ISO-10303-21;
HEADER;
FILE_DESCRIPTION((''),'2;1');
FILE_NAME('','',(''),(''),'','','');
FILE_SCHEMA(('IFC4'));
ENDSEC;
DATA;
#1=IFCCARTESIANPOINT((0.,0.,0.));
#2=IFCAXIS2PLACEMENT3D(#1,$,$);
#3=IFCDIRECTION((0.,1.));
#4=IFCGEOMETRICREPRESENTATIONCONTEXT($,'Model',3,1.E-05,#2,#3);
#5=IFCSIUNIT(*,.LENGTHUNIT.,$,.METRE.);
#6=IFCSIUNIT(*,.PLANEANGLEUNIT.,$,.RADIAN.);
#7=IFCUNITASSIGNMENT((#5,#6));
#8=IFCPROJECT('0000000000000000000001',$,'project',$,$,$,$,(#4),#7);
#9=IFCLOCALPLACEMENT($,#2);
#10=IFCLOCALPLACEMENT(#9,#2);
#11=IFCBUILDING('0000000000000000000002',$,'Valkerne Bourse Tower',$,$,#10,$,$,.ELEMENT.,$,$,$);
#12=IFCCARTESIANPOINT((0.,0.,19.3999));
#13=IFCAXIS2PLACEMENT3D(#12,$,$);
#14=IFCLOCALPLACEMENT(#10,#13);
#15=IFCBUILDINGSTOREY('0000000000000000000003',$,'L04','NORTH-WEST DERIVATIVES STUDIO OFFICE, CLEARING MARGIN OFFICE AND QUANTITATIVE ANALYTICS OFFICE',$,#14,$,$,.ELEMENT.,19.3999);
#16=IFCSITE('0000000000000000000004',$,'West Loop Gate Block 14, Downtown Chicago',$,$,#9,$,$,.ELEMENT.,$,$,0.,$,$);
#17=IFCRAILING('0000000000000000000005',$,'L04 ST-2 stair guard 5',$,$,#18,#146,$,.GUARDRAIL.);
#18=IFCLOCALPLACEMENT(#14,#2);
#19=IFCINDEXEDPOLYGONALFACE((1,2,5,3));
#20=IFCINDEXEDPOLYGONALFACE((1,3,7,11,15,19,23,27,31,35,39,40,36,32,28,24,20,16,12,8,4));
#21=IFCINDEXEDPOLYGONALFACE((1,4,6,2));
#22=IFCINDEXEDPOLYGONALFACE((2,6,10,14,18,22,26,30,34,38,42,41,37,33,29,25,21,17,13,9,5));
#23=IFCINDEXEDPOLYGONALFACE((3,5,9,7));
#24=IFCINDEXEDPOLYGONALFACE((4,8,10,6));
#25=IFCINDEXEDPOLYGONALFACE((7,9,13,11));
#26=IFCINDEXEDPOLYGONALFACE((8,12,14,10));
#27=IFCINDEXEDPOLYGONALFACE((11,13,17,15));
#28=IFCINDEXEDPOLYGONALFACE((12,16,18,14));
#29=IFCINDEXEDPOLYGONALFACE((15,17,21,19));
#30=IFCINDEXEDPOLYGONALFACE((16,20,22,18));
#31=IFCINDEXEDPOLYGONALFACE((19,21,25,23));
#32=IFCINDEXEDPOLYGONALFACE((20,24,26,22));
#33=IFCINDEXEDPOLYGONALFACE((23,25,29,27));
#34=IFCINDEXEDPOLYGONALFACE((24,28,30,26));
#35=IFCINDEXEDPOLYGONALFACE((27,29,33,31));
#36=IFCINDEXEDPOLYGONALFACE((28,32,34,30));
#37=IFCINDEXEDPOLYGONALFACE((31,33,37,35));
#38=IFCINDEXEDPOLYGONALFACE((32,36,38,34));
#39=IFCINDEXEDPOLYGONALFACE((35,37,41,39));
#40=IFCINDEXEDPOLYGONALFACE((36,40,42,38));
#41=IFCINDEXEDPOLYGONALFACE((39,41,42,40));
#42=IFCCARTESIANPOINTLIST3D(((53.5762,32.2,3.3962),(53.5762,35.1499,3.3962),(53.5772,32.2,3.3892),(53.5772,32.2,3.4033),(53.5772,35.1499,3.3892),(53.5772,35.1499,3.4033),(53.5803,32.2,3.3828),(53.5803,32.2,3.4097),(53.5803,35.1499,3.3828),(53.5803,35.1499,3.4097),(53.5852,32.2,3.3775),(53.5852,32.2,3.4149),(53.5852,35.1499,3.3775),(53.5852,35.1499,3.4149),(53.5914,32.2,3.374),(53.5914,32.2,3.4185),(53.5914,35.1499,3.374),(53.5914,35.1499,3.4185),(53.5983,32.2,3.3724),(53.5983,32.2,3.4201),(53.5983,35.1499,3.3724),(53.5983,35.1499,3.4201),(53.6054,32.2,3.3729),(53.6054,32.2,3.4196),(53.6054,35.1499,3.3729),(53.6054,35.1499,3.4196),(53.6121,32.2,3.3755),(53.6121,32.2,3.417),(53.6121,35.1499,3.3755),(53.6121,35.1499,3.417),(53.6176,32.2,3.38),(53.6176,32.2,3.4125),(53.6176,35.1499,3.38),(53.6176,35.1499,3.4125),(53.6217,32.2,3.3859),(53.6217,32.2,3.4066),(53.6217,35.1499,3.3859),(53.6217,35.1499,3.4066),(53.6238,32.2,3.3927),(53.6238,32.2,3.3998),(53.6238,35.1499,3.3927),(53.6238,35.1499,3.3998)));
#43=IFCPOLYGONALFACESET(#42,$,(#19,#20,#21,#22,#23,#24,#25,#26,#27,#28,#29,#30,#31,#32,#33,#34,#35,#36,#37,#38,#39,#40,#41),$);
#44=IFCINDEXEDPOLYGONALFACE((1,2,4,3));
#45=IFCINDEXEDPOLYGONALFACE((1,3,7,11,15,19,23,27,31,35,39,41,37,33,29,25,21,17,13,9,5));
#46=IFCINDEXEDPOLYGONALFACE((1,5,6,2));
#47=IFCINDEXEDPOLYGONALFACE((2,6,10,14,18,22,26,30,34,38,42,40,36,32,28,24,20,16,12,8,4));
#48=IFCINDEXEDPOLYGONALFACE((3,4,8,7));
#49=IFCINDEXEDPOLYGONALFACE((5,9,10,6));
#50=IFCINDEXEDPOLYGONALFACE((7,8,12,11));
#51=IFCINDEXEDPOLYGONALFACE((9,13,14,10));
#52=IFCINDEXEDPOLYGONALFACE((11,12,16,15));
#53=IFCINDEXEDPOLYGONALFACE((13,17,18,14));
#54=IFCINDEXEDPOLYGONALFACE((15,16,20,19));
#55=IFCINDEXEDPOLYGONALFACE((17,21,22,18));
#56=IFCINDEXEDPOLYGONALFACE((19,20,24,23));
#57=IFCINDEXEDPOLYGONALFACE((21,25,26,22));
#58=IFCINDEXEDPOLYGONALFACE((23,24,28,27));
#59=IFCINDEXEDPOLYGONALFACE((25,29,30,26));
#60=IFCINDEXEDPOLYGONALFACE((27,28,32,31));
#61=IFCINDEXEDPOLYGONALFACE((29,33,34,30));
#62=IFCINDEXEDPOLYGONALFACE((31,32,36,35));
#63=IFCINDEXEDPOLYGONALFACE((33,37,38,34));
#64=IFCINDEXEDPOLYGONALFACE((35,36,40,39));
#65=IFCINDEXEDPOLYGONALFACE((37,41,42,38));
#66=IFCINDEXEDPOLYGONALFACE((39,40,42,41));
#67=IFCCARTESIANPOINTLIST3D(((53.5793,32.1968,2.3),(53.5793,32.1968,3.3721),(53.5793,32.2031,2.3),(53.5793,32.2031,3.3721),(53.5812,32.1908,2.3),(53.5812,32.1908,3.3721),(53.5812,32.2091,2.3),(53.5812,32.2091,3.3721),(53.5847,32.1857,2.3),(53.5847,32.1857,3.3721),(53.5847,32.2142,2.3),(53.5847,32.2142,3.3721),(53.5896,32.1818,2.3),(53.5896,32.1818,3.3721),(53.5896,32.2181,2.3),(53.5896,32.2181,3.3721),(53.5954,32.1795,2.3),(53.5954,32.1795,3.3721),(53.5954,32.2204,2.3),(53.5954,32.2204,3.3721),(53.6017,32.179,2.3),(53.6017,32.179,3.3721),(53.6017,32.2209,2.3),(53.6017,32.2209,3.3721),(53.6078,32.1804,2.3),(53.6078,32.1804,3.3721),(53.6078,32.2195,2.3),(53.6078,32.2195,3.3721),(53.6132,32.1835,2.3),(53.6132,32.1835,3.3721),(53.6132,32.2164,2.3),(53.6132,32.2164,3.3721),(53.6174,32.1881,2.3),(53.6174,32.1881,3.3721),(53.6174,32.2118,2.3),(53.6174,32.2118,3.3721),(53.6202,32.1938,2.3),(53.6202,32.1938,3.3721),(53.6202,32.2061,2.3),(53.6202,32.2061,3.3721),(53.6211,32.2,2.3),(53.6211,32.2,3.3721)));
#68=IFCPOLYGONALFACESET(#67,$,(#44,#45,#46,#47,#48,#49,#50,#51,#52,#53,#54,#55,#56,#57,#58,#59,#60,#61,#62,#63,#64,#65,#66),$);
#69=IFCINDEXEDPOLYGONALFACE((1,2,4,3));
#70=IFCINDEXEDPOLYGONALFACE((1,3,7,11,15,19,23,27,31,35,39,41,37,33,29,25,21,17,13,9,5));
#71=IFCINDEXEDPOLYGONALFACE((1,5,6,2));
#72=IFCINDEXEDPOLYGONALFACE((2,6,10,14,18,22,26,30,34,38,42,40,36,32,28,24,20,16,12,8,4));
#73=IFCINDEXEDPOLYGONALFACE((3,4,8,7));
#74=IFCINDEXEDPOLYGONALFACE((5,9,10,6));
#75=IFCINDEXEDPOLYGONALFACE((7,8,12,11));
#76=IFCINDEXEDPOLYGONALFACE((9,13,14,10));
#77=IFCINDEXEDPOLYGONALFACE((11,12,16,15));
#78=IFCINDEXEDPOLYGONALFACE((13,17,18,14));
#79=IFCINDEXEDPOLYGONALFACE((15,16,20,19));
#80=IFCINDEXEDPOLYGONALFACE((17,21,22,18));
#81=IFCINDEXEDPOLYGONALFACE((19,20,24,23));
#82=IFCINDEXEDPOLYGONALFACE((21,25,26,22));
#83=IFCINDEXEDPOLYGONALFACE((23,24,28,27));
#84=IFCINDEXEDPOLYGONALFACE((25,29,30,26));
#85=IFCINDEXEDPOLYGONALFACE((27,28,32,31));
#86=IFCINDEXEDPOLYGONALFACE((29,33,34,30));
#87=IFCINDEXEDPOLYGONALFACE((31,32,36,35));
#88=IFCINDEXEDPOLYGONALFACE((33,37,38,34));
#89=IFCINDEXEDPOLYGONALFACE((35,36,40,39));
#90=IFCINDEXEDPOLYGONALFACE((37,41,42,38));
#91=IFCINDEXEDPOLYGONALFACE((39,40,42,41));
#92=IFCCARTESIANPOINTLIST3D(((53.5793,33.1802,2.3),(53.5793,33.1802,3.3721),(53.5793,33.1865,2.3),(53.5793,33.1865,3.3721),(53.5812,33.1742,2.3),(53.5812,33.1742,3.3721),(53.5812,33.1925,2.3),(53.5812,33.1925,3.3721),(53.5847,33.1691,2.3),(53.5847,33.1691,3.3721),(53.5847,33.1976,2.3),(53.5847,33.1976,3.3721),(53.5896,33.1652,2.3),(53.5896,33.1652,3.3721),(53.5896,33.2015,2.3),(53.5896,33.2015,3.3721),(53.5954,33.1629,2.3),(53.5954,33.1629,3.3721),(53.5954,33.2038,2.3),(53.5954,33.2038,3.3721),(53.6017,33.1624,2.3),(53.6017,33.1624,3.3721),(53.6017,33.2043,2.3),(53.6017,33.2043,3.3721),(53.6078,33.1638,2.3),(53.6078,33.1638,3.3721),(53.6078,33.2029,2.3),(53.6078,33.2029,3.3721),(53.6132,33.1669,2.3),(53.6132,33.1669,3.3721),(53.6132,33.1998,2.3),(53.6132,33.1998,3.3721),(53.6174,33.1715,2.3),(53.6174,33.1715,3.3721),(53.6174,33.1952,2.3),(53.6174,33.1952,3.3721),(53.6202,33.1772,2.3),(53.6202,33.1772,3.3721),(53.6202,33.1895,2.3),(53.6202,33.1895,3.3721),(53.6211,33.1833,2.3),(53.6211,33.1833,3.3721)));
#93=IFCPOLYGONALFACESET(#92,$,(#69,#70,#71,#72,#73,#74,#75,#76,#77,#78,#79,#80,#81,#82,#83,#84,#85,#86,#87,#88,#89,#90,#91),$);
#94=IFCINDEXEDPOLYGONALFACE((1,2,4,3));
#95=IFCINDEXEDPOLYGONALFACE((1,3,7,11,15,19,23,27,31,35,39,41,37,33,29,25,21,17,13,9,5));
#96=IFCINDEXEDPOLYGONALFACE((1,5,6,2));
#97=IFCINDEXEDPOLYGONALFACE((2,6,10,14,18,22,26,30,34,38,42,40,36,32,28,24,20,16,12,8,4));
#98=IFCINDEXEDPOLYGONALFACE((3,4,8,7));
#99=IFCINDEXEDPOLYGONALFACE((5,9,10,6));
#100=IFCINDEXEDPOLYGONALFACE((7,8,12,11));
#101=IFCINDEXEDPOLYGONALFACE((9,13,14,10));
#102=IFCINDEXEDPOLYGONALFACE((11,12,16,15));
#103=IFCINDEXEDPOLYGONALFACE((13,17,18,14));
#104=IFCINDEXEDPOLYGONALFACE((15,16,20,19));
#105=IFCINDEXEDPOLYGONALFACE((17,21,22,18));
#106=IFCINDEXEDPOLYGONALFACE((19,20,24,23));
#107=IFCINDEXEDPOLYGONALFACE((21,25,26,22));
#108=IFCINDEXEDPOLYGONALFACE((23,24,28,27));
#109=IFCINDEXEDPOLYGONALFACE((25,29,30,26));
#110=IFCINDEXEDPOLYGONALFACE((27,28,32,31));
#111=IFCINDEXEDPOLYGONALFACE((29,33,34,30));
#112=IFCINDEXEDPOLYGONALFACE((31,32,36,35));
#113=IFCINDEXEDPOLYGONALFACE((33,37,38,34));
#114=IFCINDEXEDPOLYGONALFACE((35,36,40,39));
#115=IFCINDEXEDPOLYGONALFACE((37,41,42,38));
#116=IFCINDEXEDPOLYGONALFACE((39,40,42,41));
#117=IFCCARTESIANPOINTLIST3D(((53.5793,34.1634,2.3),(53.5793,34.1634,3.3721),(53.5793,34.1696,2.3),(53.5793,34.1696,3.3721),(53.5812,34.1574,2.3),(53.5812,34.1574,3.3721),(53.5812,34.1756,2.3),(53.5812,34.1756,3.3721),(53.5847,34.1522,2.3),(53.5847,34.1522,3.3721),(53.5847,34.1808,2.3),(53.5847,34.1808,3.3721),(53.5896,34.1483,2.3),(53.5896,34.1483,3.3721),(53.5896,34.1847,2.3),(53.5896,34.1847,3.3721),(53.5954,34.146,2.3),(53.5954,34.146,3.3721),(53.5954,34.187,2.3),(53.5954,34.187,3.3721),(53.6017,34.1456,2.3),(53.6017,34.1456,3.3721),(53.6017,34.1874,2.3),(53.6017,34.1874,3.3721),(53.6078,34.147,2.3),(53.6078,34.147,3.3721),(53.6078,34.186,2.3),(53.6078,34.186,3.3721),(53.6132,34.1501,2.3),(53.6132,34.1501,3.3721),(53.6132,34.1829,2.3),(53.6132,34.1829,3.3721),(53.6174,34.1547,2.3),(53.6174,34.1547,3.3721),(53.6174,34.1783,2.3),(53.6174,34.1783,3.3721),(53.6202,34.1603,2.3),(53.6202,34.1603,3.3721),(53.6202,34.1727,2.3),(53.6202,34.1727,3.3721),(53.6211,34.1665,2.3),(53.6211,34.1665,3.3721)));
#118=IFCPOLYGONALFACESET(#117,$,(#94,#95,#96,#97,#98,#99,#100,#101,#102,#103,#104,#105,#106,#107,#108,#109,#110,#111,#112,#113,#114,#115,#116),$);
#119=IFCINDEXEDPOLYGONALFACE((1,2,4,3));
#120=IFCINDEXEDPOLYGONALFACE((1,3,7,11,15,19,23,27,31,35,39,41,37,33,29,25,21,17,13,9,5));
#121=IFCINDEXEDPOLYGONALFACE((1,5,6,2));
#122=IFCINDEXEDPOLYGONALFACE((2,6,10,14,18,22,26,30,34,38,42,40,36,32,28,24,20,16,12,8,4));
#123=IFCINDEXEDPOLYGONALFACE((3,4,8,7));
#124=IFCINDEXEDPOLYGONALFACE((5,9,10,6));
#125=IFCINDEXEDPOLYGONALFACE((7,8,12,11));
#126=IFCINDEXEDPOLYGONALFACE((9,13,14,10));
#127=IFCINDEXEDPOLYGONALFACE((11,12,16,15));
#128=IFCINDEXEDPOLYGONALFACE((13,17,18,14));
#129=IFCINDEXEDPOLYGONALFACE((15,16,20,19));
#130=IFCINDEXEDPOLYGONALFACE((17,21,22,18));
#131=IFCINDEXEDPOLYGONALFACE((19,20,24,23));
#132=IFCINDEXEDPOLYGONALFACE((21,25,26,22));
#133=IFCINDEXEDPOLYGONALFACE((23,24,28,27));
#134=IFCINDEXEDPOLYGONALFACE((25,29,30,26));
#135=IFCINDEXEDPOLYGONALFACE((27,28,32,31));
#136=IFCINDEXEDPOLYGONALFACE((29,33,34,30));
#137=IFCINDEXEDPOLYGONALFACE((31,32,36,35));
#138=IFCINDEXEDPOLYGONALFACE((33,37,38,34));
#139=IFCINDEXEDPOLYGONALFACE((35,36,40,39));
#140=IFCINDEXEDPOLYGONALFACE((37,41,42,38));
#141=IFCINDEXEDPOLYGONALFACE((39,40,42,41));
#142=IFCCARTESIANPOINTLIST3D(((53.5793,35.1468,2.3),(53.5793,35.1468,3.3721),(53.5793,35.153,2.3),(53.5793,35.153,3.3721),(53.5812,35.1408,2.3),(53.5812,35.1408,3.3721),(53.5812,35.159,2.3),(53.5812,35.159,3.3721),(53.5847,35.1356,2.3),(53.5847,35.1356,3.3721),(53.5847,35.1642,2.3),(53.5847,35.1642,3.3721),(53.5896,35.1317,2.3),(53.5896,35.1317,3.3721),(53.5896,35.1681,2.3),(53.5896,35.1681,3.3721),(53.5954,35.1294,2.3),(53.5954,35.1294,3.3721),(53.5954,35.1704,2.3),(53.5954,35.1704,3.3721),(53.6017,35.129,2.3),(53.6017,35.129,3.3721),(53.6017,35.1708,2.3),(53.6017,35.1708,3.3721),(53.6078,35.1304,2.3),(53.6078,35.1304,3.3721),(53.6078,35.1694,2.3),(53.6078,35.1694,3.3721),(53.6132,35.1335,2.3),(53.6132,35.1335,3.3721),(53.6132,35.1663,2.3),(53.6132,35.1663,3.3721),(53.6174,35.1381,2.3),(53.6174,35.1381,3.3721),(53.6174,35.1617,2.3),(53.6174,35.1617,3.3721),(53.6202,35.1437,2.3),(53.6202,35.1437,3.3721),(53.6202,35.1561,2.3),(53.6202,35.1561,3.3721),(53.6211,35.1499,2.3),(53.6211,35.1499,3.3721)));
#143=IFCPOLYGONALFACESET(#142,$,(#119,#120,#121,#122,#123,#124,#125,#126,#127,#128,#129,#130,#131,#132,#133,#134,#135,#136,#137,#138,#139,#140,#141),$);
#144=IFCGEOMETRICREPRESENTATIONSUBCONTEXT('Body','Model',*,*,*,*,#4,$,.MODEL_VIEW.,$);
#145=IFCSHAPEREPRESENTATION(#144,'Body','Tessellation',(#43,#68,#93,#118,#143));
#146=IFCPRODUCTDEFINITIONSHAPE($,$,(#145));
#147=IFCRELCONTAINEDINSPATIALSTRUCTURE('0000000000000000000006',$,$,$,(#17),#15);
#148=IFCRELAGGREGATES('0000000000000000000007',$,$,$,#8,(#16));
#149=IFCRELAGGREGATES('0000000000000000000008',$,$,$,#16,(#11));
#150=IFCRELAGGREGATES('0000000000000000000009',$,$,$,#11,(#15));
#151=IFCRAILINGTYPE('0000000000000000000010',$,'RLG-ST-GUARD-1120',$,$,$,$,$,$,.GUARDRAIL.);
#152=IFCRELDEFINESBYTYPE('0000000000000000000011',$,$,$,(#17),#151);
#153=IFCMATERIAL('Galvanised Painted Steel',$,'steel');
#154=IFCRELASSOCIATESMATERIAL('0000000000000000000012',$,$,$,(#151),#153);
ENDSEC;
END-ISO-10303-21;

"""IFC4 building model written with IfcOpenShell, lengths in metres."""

from ifc_helpers import new_model, si_unit, direction, frame, origin, origin_2d, place, context, subcontext, project, spatial, circle, extrude, material, type_object, element, save


model = new_model("IFC4")

# Units and contexts
model_context = context("Model", 3, precision=1e-05, world=origin(), true_north=direction((0.0, 1.0)))
body_context = subcontext(model_context, "Body", "Model", "MODEL_VIEW")
ifc_project = project(units=[si_unit("LENGTHUNIT", "METRE"), si_unit("PLANEANGLEUNIT", "RADIAN")], contexts=[model_context])

# Site, building, storey
site_placement = place(None, origin())
site = spatial("IfcSite", under=ifc_project, at=site_placement, Name="West Loop Gate Block 14, Downtown Chicago", CompositionType="ELEMENT", RefElevation=0.0)
building_placement = place(site_placement, origin())
building = spatial("IfcBuilding", under=site, at=building_placement, Name="Valkerne Bourse Tower", CompositionType="ELEMENT")
storey_placement = place(building_placement, frame((0.0, 0.0, 19.3999)))
storey = spatial("IfcBuildingStorey", under=building, at=storey_placement, Name="L04", Description="NORTH-WEST DERIVATIVES STUDIO OFFICE, CLEARING MARGIN OFFICE AND QUANTITATIVE ANALYTICS OFFICE", CompositionType="ELEMENT", Elevation=19.3999)

# Railing
ifc_material_1 = material(Name="Galvanised Painted Steel", Category="steel")
railing_type_1 = type_object("IfcRailingType", Name="RLG-ST-GUARD-1120", PredefinedType="GUARDRAIL", material=ifc_material_1)
railing_1_placement = place(storey_placement, frame((53.6001, 32.2, 2.3)))
element("IfcRailing", 1, at=railing_1_placement, inside=storey, type_object=railing_type_1, Name="L04 ST-2 stair guard 5", PredefinedType="GUARDRAIL", context=body_context, shape_type="SweptSolid", body=[
    extrude(circle(Radius=0.0239, at=origin_2d()), frame((0.0, 0.0, 1.0962), z_axis=(0.0, 1.0, 0.0), x_axis=(-1.0, 0.0, 0.0)), (0.0, 0.0, 1.0), 2.95),
    extrude(circle(Radius=0.021, at=origin_2d()), origin(), (0.0, 0.0, 1.0), 1.072),
    extrude(circle(Radius=0.021, at=origin_2d()), frame((0.0, 0.9834, 0.0)), (0.0, 0.0, 1.0), 1.072),
    extrude(circle(Radius=0.021, at=origin_2d()), frame((0.0, 1.9666, 0.0)), (0.0, 0.0, 1.0), 1.072),
    extrude(circle(Radius=0.021, at=origin_2d()), frame((0.0, 2.95, 0.0)), (0.0, 0.0, 1.0), 1.072),
])

save(model, "model.ifc")
